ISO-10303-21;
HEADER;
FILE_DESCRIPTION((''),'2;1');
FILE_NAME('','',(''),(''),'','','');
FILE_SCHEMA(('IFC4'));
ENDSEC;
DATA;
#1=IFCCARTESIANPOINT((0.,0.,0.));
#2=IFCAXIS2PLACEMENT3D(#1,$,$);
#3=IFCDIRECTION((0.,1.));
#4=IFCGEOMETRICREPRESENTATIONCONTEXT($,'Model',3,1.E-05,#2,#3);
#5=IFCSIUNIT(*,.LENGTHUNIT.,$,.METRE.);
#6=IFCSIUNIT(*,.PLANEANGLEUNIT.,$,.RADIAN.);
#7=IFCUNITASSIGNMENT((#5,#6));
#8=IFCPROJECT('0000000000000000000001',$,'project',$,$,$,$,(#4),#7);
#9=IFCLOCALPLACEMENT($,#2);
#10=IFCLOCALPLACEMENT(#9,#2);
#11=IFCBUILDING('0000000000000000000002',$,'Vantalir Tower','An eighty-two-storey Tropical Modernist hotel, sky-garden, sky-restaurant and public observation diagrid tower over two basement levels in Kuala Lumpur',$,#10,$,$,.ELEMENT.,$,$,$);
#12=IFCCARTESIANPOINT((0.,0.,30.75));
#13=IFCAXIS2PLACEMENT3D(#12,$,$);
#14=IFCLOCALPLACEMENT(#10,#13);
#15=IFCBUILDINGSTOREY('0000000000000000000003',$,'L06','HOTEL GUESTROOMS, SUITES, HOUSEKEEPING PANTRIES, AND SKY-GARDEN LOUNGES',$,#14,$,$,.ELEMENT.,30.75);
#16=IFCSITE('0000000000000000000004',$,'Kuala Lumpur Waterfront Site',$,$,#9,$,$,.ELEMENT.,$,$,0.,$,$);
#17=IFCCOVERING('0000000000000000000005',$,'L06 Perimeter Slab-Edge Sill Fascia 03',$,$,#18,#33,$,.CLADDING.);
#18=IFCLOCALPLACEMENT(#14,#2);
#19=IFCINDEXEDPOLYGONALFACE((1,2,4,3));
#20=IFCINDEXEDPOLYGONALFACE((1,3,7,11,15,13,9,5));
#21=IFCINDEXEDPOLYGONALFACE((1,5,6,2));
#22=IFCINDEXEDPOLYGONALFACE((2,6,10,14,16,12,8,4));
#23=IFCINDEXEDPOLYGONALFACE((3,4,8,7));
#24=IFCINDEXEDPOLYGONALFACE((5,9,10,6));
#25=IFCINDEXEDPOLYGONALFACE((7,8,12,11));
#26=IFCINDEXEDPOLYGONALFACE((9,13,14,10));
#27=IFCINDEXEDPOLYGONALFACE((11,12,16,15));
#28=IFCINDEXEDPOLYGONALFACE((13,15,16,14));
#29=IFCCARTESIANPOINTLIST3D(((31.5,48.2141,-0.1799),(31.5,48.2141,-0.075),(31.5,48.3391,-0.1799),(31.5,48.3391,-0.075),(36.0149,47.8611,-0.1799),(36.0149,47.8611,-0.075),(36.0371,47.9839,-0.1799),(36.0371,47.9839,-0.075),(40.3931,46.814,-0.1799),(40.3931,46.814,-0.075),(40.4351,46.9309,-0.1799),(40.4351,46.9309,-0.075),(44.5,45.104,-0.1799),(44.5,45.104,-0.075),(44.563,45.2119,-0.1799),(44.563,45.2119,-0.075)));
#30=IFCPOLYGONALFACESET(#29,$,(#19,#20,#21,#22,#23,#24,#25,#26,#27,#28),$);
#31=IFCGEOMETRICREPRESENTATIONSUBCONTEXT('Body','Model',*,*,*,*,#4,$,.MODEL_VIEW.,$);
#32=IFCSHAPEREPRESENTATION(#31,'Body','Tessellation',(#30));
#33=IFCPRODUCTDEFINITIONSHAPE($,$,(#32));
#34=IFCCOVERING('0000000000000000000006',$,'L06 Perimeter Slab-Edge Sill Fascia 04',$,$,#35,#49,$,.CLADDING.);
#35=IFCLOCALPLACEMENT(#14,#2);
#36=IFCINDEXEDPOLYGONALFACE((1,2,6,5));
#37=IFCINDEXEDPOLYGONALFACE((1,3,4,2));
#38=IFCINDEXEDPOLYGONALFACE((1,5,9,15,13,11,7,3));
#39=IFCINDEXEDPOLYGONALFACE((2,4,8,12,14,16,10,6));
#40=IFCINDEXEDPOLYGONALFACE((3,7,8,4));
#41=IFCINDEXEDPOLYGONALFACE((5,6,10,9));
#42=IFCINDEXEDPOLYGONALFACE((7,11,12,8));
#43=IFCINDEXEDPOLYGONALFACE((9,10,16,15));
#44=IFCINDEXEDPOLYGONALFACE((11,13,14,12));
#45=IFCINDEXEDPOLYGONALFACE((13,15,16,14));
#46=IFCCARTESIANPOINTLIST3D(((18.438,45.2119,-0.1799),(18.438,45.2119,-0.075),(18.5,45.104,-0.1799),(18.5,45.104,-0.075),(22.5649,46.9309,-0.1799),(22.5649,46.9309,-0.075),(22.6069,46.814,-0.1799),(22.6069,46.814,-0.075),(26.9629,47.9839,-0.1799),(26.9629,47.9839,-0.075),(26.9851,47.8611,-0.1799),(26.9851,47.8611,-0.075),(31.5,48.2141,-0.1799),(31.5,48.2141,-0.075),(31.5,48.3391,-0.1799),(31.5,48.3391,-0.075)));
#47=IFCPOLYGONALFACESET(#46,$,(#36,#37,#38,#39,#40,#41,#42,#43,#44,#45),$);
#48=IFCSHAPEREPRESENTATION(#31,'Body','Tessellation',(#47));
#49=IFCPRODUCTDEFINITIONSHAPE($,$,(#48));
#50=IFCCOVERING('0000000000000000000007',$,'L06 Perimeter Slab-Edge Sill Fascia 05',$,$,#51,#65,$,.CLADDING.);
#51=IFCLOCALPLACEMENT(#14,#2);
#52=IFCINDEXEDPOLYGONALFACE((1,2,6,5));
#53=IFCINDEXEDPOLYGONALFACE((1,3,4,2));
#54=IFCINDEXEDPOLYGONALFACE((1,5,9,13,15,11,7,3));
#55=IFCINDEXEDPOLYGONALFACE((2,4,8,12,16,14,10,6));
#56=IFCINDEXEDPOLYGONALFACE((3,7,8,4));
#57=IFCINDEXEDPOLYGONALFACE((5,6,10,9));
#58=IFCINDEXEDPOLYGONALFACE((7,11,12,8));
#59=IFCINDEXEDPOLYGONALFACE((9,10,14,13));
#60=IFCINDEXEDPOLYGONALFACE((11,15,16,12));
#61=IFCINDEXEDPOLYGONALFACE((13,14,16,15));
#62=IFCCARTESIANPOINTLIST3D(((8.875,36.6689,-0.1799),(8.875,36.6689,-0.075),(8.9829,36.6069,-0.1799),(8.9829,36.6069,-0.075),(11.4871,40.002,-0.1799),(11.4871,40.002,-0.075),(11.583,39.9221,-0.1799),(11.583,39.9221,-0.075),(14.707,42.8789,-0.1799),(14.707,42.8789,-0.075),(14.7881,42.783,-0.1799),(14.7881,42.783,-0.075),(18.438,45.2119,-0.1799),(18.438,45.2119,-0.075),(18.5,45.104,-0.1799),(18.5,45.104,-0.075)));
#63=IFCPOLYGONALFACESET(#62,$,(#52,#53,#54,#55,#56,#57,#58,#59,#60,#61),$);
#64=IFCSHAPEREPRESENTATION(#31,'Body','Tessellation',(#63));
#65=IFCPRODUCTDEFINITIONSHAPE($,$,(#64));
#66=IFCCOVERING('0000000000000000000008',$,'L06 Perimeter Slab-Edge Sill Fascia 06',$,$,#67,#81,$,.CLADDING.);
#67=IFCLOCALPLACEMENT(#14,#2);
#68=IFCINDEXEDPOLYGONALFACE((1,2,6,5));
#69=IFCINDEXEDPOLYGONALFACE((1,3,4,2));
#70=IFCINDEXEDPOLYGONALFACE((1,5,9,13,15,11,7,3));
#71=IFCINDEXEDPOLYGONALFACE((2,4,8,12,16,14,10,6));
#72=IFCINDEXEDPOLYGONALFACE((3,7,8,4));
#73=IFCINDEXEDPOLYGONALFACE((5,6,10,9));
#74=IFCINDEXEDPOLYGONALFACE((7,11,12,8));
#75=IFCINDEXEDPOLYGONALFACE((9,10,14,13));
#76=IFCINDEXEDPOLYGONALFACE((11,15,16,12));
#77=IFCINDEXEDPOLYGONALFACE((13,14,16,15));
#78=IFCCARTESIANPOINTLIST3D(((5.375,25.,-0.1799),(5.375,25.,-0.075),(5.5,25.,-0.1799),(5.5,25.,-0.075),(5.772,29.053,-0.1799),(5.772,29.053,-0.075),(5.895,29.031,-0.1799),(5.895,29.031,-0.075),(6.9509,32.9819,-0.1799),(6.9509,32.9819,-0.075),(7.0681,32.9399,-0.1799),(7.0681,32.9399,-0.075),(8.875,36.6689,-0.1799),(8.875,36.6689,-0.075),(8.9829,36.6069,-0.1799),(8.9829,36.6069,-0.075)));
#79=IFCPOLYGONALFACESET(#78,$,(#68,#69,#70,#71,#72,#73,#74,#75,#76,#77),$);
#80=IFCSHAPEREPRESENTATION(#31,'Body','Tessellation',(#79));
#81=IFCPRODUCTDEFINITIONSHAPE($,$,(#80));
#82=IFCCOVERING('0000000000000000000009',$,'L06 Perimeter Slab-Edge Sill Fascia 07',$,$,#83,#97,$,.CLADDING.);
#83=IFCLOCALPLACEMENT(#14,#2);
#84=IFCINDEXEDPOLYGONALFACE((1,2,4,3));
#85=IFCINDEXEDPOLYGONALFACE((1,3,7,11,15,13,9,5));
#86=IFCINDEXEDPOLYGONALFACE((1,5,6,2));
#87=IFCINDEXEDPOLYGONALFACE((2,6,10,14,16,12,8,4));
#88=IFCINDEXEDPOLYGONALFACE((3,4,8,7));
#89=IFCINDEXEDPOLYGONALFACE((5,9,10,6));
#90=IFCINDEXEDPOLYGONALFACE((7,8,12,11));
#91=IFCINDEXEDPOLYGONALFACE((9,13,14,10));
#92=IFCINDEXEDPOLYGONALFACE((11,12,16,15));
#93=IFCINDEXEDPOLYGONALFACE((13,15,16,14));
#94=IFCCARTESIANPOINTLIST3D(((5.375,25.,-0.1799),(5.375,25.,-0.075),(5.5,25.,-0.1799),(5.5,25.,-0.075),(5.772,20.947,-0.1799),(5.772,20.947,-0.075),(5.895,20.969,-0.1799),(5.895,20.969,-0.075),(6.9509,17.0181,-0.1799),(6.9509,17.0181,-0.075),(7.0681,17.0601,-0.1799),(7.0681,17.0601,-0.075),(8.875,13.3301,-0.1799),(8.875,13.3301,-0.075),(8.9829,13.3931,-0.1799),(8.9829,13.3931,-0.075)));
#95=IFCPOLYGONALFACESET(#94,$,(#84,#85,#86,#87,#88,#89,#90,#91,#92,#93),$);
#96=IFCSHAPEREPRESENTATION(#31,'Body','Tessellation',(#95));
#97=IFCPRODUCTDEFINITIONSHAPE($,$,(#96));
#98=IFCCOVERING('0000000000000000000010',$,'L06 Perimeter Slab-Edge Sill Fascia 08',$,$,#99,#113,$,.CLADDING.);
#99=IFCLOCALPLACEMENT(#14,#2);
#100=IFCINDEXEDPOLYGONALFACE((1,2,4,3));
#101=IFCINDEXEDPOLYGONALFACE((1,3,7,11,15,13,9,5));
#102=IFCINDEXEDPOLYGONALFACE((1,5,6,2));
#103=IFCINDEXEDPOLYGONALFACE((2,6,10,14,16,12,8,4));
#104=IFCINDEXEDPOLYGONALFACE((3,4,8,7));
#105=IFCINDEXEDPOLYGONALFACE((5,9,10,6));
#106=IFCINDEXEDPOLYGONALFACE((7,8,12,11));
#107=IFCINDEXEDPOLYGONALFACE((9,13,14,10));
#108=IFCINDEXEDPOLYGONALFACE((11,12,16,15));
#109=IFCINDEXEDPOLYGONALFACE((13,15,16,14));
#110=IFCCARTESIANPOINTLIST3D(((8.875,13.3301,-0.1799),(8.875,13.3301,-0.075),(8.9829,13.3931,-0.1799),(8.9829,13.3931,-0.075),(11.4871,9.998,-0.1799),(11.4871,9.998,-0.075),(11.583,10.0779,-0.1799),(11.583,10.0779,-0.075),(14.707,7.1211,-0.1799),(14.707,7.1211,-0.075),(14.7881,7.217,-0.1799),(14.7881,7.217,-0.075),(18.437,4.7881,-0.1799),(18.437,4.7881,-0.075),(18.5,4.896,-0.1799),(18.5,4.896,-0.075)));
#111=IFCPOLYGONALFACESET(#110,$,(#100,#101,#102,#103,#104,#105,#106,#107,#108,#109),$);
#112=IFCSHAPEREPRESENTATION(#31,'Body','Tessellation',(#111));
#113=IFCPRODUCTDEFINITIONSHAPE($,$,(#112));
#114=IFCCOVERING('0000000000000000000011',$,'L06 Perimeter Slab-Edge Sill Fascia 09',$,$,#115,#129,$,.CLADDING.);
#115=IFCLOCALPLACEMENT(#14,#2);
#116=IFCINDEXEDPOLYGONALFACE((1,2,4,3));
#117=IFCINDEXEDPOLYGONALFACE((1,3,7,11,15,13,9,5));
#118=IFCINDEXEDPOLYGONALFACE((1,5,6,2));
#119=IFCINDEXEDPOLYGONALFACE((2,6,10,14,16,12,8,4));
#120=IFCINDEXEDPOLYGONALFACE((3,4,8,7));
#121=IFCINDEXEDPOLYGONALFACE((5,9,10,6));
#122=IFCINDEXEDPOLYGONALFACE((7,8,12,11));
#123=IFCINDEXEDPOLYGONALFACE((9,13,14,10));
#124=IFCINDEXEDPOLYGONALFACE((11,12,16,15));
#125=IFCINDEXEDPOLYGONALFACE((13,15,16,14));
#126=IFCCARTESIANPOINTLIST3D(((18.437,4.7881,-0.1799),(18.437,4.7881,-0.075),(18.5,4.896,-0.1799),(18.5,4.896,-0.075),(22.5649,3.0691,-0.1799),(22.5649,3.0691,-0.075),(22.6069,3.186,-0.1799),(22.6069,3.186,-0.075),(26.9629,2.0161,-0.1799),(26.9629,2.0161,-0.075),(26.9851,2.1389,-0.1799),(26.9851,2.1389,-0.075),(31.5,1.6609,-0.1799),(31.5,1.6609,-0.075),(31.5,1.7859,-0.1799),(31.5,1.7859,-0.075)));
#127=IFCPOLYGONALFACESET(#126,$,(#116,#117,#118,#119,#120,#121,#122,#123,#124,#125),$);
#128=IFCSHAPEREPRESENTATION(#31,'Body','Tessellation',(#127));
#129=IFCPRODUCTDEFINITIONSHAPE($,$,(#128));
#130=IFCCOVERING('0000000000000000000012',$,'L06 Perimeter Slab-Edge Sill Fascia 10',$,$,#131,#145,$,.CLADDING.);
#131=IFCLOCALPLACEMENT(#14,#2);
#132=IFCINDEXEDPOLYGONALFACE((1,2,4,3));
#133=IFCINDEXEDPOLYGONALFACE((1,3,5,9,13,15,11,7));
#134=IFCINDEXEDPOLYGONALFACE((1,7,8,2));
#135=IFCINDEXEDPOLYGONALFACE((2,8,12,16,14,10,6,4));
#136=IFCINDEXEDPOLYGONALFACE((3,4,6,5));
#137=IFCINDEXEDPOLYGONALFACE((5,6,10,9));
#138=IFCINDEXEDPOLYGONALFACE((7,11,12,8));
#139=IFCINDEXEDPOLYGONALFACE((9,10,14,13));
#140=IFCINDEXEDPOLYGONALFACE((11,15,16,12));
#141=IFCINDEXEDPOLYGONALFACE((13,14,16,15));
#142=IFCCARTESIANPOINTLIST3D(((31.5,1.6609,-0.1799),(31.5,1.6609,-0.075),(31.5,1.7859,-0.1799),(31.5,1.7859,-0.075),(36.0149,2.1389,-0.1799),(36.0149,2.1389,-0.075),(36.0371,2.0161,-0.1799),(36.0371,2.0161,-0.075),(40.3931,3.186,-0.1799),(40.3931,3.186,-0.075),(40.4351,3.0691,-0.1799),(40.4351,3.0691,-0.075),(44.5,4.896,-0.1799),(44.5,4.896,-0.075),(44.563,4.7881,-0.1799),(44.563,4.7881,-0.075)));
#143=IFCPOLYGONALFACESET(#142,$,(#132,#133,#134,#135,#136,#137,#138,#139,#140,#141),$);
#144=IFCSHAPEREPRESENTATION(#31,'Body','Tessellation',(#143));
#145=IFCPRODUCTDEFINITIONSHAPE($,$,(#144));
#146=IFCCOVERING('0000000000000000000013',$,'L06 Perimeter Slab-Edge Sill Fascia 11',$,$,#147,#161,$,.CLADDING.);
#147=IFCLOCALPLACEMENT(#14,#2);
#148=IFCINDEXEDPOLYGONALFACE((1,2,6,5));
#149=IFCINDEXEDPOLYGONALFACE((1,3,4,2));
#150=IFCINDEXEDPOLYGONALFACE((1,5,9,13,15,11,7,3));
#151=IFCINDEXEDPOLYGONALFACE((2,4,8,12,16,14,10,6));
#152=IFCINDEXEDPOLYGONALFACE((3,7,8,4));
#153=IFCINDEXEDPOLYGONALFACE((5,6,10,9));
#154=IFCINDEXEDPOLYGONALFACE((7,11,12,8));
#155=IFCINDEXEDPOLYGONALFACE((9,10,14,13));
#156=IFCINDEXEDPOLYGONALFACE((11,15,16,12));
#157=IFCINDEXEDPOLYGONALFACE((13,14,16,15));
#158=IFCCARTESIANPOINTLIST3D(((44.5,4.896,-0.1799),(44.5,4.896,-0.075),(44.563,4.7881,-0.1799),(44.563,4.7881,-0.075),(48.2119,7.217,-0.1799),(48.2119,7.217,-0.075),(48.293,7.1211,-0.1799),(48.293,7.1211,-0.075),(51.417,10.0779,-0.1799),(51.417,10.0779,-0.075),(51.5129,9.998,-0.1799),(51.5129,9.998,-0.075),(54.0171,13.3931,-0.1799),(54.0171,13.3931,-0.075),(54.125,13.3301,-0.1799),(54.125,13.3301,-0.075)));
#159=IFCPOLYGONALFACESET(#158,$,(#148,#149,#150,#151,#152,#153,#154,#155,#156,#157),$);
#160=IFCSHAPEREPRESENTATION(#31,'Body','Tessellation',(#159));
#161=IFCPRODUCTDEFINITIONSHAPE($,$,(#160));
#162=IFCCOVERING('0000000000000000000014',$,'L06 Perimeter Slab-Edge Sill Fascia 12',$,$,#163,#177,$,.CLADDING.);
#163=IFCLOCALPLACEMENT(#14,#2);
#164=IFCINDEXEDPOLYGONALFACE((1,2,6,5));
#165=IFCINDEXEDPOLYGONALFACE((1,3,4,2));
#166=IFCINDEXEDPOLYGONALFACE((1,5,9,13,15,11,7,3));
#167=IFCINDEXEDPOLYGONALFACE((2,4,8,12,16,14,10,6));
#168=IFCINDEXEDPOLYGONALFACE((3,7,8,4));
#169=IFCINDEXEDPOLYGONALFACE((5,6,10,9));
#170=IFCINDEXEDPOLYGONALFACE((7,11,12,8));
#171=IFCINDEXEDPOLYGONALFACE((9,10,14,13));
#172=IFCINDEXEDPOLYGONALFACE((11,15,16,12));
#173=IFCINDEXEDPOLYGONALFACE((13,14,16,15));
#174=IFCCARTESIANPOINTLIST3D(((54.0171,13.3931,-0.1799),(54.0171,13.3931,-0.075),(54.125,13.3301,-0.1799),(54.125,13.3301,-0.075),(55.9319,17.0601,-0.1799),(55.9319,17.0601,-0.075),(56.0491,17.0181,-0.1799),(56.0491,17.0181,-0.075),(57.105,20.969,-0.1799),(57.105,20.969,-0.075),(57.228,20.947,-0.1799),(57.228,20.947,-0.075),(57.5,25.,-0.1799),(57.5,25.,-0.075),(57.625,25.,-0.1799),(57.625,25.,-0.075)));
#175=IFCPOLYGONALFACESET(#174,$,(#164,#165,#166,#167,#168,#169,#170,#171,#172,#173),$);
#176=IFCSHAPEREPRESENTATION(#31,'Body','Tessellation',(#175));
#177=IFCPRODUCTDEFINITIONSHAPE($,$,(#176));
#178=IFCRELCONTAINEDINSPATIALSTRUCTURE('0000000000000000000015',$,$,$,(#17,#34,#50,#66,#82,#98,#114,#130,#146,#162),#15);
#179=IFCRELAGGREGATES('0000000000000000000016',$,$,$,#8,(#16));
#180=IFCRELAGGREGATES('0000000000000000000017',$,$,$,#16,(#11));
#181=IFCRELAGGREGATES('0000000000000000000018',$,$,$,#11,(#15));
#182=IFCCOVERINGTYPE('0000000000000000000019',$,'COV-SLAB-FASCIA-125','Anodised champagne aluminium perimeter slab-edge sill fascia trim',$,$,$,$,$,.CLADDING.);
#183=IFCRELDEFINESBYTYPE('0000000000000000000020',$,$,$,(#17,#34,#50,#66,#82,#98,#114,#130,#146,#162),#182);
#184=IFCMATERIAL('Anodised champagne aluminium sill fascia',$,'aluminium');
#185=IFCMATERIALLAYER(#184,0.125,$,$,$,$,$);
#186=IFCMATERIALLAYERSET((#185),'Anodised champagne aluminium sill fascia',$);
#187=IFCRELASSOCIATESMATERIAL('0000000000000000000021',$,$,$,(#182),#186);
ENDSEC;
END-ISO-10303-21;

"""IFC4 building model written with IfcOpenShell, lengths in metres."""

from ifc_helpers import new_model, si_unit, direction, frame, origin, place, context, subcontext, project, spatial, polyline, outline, extrude, material, layer, layer_set, type_object, element, save


model = new_model("IFC4")

# Units and contexts
model_context = context("Model", 3, precision=1e-05, world=origin(), true_north=direction((0.0, 1.0)))
body_context = subcontext(model_context, "Body", "Model", "MODEL_VIEW")
ifc_project = project(units=[si_unit("LENGTHUNIT", "METRE"), si_unit("PLANEANGLEUNIT", "RADIAN")], contexts=[model_context])

# Site, building, storey
site_placement = place(None, origin())
site = spatial("IfcSite", under=ifc_project, at=site_placement, Name="Kuala Lumpur Waterfront Site", CompositionType="ELEMENT", RefElevation=0.0)
building_placement = place(site_placement, origin())
building = spatial("IfcBuilding", under=site, at=building_placement, Name="Vantalir Tower", Description="An eighty-two-storey Tropical Modernist hotel, sky-garden, sky-restaurant and public observation diagrid tower over two basement levels in Kuala Lumpur", CompositionType="ELEMENT")
storey_placement = place(building_placement, frame((0.0, 0.0, 30.75)))
storey = spatial("IfcBuildingStorey", under=building, at=storey_placement, Name="L06", Description="HOTEL GUESTROOMS, SUITES, HOUSEKEEPING PANTRIES, AND SKY-GARDEN LOUNGES", CompositionType="ELEMENT", Elevation=30.75)

# Coverings
ifc_material_1 = material(Name="Anodised champagne aluminium sill fascia", Category="aluminium")
ifc_layer_1 = layer(ifc_material_1, 0.125)
ifc_layer_set_1 = layer_set([ifc_layer_1], Name="Anodised champagne aluminium sill fascia")
covering_type = type_object("IfcCoveringType", Name="COV-SLAB-FASCIA-125", Description="Anodised champagne aluminium perimeter slab-edge sill fascia trim", PredefinedType="CLADDING", material=ifc_layer_set_1)
covering_1_placement = place(storey_placement, frame((0.0, 0.0, -0.1799)))
element("IfcCovering", 1, at=covering_1_placement, inside=storey, type_object=covering_type, Name="L06 Perimeter Slab-Edge Sill Fascia 03", PredefinedType="CLADDING", context=body_context, shape_type="SweptSolid", body=[
    extrude(outline(polyline([(44.563, 45.2119), (40.4351, 46.9309), (36.0371, 47.9839), (31.5, 48.3391), (31.5, 48.2141), (36.0149, 47.8611), (40.3931, 46.814), (44.5, 45.104), (44.563, 45.2119)])), origin(), (0.0, 0.0, 1.0), 0.105),
])
covering_2_placement = place(storey_placement, frame((0.0, 0.0, -0.1799)))
element("IfcCovering", 2, at=covering_2_placement, inside=storey, type_object=covering_type, Name="L06 Perimeter Slab-Edge Sill Fascia 04", PredefinedType="CLADDING", context=body_context, shape_type="SweptSolid", body=[
    extrude(outline(polyline([(31.5, 48.3391), (26.9629, 47.9839), (22.5649, 46.9309), (18.438, 45.2119), (18.5, 45.104), (22.6069, 46.814), (26.9851, 47.8611), (31.5, 48.2141), (31.5, 48.3391)])), origin(), (0.0, 0.0, 1.0), 0.105),
])
covering_3_placement = place(storey_placement, frame((0.0, 0.0, -0.1799)))
element("IfcCovering", 3, at=covering_3_placement, inside=storey, type_object=covering_type, Name="L06 Perimeter Slab-Edge Sill Fascia 05", PredefinedType="CLADDING", context=body_context, shape_type="SweptSolid", body=[
    extrude(outline(polyline([(18.438, 45.2119), (14.707, 42.8789), (11.4871, 40.002), (8.875, 36.6689), (8.9829, 36.6069), (11.583, 39.9221), (14.7881, 42.783), (18.5, 45.104), (18.438, 45.2119)])), origin(), (0.0, 0.0, 1.0), 0.105),
])
covering_4_placement = place(storey_placement, frame((0.0, 0.0, -0.1799)))
element("IfcCovering", 4, at=covering_4_placement, inside=storey, type_object=covering_type, Name="L06 Perimeter Slab-Edge Sill Fascia 06", PredefinedType="CLADDING", context=body_context, shape_type="SweptSolid", body=[
    extrude(outline(polyline([(8.875, 36.6689), (6.9509, 32.9819), (5.772, 29.053), (5.375, 25.0), (5.5, 25.0), (5.895, 29.031), (7.0681, 32.9399), (8.9829, 36.6069), (8.875, 36.6689)])), origin(), (0.0, 0.0, 1.0), 0.105),
])
covering_5_placement = place(storey_placement, frame((0.0, 0.0, -0.1799)))
element("IfcCovering", 5, at=covering_5_placement, inside=storey, type_object=covering_type, Name="L06 Perimeter Slab-Edge Sill Fascia 07", PredefinedType="CLADDING", context=body_context, shape_type="SweptSolid", body=[
    extrude(outline(polyline([(5.375, 25.0), (5.772, 20.947), (6.9509, 17.0181), (8.875, 13.3301), (8.9829, 13.3931), (7.0681, 17.0601), (5.895, 20.969), (5.5, 25.0), (5.375, 25.0)])), origin(), (0.0, 0.0, 1.0), 0.105),
])
covering_6_placement = place(storey_placement, frame((0.0, 0.0, -0.1799)))
element("IfcCovering", 6, at=covering_6_placement, inside=storey, type_object=covering_type, Name="L06 Perimeter Slab-Edge Sill Fascia 08", PredefinedType="CLADDING", context=body_context, shape_type="SweptSolid", body=[
    extrude(outline(polyline([(8.875, 13.3301), (11.4871, 9.998), (14.707, 7.1211), (18.437, 4.7881), (18.5, 4.896), (14.7881, 7.217), (11.583, 10.0779), (8.9829, 13.3931), (8.875, 13.3301)])), origin(), (0.0, 0.0, 1.0), 0.105),
])
covering_7_placement = place(storey_placement, frame((0.0, 0.0, -0.1799)))
element("IfcCovering", 7, at=covering_7_placement, inside=storey, type_object=covering_type, Name="L06 Perimeter Slab-Edge Sill Fascia 09", PredefinedType="CLADDING", context=body_context, shape_type="SweptSolid", body=[
    extrude(outline(polyline([(18.437, 4.7881), (22.5649, 3.0691), (26.9629, 2.0161), (31.5, 1.6609), (31.5, 1.7859), (26.9851, 2.1389), (22.6069, 3.186), (18.5, 4.896), (18.437, 4.7881)])), origin(), (0.0, 0.0, 1.0), 0.105),
])
covering_8_placement = place(storey_placement, frame((0.0, 0.0, -0.1799)))
element("IfcCovering", 8, at=covering_8_placement, inside=storey, type_object=covering_type, Name="L06 Perimeter Slab-Edge Sill Fascia 10", PredefinedType="CLADDING", context=body_context, shape_type="SweptSolid", body=[
    extrude(outline(polyline([(31.5, 1.6609), (36.0371, 2.0161), (40.4351, 3.0691), (44.563, 4.7881), (44.5, 4.896), (40.3931, 3.186), (36.0149, 2.1389), (31.5, 1.7859), (31.5, 1.6609)])), origin(), (0.0, 0.0, 1.0), 0.105),
])
covering_9_placement = place(storey_placement, frame((0.0, 0.0, -0.1799)))
element("IfcCovering", 9, at=covering_9_placement, inside=storey, type_object=covering_type, Name="L06 Perimeter Slab-Edge Sill Fascia 11", PredefinedType="CLADDING", context=body_context, shape_type="SweptSolid", body=[
    extrude(outline(polyline([(44.563, 4.7881), (48.293, 7.1211), (51.5129, 9.998), (54.125, 13.3301), (54.0171, 13.3931), (51.417, 10.0779), (48.2119, 7.217), (44.5, 4.896), (44.563, 4.7881)])), origin(), (0.0, 0.0, 1.0), 0.105),
])
covering_10_placement = place(storey_placement, frame((0.0, 0.0, -0.1799)))
element("IfcCovering", 10, at=covering_10_placement, inside=storey, type_object=covering_type, Name="L06 Perimeter Slab-Edge Sill Fascia 12", PredefinedType="CLADDING", context=body_context, shape_type="SweptSolid", body=[
    extrude(outline(polyline([(54.125, 13.3301), (56.0491, 17.0181), (57.228, 20.947), (57.625, 25.0), (57.5, 25.0), (57.105, 20.969), (55.9319, 17.0601), (54.0171, 13.3931), (54.125, 13.3301)])), origin(), (0.0, 0.0, 1.0), 0.105),
])

save(model, "model.ifc")
